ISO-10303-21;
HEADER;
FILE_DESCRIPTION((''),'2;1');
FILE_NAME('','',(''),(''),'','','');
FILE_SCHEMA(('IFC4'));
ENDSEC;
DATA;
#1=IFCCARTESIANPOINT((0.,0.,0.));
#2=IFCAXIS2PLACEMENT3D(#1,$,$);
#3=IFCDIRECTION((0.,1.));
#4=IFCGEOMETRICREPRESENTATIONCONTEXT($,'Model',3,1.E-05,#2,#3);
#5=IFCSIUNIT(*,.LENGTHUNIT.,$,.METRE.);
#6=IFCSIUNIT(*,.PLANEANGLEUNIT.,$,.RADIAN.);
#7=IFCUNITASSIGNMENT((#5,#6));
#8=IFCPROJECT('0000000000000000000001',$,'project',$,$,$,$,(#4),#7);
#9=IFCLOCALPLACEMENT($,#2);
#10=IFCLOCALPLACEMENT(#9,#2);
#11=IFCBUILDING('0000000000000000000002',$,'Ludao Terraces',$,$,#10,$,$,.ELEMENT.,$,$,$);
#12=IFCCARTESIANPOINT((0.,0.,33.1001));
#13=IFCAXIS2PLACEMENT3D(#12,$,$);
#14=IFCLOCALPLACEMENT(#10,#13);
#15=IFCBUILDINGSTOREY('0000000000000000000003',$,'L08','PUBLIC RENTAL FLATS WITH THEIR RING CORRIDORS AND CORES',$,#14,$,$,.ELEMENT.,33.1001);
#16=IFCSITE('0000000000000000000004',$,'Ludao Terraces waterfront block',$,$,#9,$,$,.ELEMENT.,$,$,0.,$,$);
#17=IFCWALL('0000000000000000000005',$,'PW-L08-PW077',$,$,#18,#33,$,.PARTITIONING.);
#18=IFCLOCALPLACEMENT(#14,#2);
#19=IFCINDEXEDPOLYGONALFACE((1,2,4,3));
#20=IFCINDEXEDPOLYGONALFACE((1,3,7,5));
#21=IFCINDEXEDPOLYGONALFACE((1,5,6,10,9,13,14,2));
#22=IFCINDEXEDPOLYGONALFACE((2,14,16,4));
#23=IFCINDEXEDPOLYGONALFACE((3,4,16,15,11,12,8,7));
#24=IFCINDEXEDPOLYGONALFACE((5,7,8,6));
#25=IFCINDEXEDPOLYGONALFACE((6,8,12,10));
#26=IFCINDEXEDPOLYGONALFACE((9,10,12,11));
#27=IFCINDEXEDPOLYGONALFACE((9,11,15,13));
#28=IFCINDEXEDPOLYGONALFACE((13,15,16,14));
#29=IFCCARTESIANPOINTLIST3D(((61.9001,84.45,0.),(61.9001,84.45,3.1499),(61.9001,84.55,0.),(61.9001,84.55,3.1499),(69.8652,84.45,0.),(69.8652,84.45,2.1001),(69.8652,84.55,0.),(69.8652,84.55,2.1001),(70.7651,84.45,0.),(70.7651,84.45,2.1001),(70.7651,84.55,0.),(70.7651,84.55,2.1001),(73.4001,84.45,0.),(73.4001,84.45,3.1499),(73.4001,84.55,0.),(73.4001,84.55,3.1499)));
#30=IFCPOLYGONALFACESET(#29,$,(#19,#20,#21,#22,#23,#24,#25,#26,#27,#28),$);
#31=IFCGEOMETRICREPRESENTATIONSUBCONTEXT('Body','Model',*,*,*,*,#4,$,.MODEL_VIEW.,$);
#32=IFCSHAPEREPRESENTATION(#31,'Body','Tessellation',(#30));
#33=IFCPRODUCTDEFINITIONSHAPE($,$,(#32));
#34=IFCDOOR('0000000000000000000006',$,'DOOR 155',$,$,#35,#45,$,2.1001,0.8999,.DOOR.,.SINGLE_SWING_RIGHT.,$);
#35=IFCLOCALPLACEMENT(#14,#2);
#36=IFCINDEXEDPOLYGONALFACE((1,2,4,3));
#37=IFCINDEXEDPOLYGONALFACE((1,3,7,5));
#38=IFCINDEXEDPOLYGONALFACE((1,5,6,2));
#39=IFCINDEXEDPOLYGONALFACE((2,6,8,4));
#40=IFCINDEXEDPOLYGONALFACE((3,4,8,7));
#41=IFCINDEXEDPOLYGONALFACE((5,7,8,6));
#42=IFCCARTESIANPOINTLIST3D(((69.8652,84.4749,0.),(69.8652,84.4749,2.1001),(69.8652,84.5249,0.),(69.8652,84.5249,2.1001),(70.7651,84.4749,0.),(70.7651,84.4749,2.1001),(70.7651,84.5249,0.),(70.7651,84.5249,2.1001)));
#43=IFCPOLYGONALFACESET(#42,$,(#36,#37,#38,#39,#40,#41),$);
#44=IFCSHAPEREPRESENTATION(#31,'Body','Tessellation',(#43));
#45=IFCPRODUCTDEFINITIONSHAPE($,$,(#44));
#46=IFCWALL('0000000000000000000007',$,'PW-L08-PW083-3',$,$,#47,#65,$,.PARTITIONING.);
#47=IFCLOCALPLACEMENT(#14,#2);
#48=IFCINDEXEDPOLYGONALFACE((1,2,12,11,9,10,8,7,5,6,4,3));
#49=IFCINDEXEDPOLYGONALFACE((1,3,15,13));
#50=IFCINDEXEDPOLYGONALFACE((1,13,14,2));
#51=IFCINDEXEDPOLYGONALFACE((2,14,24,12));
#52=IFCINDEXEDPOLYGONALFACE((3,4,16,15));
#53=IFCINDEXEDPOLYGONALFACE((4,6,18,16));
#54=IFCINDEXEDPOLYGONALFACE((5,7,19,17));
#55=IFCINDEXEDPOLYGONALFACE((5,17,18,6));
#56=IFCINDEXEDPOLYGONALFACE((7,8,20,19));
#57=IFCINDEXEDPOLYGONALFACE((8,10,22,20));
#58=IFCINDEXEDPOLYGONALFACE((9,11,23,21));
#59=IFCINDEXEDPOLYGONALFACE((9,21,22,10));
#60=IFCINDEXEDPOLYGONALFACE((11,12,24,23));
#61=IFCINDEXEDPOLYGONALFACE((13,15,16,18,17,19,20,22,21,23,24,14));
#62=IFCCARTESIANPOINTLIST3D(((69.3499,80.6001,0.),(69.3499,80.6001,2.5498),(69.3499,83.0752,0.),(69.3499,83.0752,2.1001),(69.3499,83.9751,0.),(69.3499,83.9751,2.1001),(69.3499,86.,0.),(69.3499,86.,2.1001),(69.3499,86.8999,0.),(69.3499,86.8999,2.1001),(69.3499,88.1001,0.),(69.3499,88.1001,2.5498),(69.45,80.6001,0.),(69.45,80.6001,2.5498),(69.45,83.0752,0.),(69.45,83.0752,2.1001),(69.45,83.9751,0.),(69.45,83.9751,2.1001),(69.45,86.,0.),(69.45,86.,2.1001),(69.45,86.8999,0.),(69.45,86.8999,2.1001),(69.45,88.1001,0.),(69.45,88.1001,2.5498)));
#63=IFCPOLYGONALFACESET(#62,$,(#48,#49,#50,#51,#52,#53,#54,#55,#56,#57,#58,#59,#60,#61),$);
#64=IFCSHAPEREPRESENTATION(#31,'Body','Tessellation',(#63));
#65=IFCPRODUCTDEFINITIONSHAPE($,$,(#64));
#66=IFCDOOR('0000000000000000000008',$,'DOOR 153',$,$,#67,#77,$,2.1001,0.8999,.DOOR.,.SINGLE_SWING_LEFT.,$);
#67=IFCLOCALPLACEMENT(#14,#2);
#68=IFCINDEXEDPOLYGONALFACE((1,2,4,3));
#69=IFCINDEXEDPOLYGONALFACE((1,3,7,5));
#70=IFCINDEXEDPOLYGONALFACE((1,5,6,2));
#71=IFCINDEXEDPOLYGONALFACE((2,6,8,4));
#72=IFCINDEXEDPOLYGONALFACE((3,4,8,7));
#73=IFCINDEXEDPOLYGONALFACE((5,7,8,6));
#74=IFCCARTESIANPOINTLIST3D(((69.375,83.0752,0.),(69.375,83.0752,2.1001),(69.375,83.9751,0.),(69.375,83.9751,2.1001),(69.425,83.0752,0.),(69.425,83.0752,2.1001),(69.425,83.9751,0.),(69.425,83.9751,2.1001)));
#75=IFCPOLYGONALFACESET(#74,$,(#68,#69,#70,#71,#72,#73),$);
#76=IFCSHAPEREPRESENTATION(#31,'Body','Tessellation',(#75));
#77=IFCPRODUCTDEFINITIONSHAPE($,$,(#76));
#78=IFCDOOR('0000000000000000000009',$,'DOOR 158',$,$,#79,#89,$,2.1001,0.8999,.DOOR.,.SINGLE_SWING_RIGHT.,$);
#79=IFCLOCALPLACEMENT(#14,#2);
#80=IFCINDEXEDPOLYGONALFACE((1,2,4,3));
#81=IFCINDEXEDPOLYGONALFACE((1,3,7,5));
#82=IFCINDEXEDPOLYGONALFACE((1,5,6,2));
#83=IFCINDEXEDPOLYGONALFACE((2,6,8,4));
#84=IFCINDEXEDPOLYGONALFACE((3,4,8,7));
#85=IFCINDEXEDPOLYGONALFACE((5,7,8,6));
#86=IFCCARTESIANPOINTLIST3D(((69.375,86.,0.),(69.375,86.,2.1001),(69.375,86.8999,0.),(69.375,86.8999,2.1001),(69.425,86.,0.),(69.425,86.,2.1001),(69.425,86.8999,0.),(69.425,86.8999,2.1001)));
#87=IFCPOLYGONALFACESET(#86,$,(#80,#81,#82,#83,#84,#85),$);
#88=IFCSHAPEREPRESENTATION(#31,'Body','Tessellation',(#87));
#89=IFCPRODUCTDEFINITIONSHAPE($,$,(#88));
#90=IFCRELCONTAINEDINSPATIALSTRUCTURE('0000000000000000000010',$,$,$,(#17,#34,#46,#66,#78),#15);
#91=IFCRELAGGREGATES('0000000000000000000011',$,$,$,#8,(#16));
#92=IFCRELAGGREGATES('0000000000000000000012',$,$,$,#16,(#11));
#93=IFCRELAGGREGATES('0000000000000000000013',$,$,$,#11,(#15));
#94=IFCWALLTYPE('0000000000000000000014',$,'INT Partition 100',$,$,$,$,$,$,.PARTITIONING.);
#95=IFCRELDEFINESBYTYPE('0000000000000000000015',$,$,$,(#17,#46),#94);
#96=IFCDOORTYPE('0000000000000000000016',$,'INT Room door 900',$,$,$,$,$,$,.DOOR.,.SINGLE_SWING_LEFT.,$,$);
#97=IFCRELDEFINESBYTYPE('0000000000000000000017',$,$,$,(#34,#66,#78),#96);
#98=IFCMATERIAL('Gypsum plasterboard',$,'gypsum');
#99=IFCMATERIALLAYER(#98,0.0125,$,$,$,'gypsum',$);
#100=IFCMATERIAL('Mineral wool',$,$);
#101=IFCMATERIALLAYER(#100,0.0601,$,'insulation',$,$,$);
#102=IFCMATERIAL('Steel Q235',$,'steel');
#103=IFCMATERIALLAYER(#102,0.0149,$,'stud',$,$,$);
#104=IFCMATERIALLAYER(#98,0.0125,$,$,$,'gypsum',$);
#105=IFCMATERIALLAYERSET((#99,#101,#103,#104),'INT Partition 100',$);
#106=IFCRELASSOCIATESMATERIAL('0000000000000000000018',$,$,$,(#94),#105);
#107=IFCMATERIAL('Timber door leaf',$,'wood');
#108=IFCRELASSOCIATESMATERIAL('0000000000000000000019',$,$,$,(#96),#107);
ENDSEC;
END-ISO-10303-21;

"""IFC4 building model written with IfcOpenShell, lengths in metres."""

from ifc_helpers import new_model, si_unit, direction, frame, frame_2d, origin, place, context, subcontext, project, spatial, rectangle, extrude, material, layer, layer_set, type_object, element, fill, save


model = new_model("IFC4")

# Units and contexts
model_context = context("Model", 3, precision=1e-05, world=origin(), true_north=direction((0.0, 1.0)))
body_context = subcontext(model_context, "Body", "Model", "MODEL_VIEW")
ifc_project = project(units=[si_unit("LENGTHUNIT", "METRE"), si_unit("PLANEANGLEUNIT", "RADIAN")], contexts=[model_context])

# Site, building, storey
site_placement = place(None, origin())
site = spatial("IfcSite", under=ifc_project, at=site_placement, Name="Ludao Terraces waterfront block", CompositionType="ELEMENT", RefElevation=0.0)
building_placement = place(site_placement, origin())
building = spatial("IfcBuilding", under=site, at=building_placement, Name="Ludao Terraces", CompositionType="ELEMENT")
storey_placement = place(building_placement, frame((0.0, 0.0, 33.1001)))
storey = spatial("IfcBuildingStorey", under=building, at=storey_placement, Name="L08", Description="PUBLIC RENTAL FLATS WITH THEIR RING CORRIDORS AND CORES", CompositionType="ELEMENT", Elevation=33.1001)

# Shared definitions
ifc_material_1 = material(Name="Mineral wool")

# Shared definitions
ifc_material_2 = material(Name="Gypsum plasterboard", Category="gypsum")
ifc_layer_1 = layer(ifc_material_2, 0.0125, Category="gypsum")
ifc_layer_2 = layer(ifc_material_1, 0.0601, Name="insulation")
ifc_material_3 = material(Name="Steel Q235", Category="steel")
ifc_layer_3 = layer(ifc_material_3, 0.0149, Name="stud")
ifc_layer_4 = layer(ifc_material_2, 0.0125, Category="gypsum")
ifc_layer_set_1 = layer_set([ifc_layer_1, ifc_layer_2, ifc_layer_3, ifc_layer_4], Name="INT Partition 100")
wall_type_1 = type_object("IfcWallType", Name="INT Partition 100", PredefinedType="PARTITIONING", material=ifc_layer_set_1)

# Wall, opening, door
wall_1_placement = place(storey_placement, frame((61.9001, 84.5, 0.0), z_axis=(0.0, 0.0, 1.0), x_axis=(1.0, 0.0, 0.0)))
wall_1 = element("IfcWall", 1, at=wall_1_placement, inside=storey, type_object=wall_type_1, Name="PW-L08-PW077", PredefinedType="PARTITIONING", context=body_context, shape_type="SweptSolid", body=[
    extrude(rectangle(XDim=11.5, YDim=0.1001, at=frame_2d((5.75, 0.0))), origin(), (0.0, 0.0, 1.0), 3.1499),
])
opening_1_placement = place(wall_1_placement, frame((7.9651, 0.0, 0.0)))
opening_1 = element("IfcOpeningElement", 2, at=opening_1_placement, cuts=wall_1, PredefinedType="OPENING", context=body_context, shape_type="SweptSolid", body=[
    extrude(rectangle(XDim=0.8999, YDim=2.1001, at=frame_2d((0.45, 1.05))), frame((0.0, 0.0601, 0.0), z_axis=(0.0, -1.0, 0.0), x_axis=(1.0, 0.0, 0.0)), (0.0, 0.0, 1.0), 0.1201),
])
ifc_material_4 = material(Name="Timber door leaf", Category="wood")
door_type = type_object("IfcDoorType", Name="INT Room door 900", OperationType="SINGLE_SWING_LEFT", PredefinedType="DOOR", material=ifc_material_4)
door_1_placement = place(opening_1_placement, origin())
door_1 = element("IfcDoor", 3, at=door_1_placement, inside=storey, type_object=door_type, Name="DOOR 155", OperationType="SINGLE_SWING_RIGHT", OverallHeight=2.1001, OverallWidth=0.8999, PredefinedType="DOOR", context=body_context, shape_type="SweptSolid", body=[
    extrude(rectangle(XDim=0.8999, YDim=2.1001, at=frame_2d((0.45, 1.05))), frame((0.0, 0.0249, 0.0), z_axis=(0.0, -1.0, 0.0), x_axis=(1.0, 0.0, 0.0)), (0.0, 0.0, 1.0), 0.05),
])
fill(opening_1, door_1)

# Wall, openings, doors
wall_2_placement = place(storey_placement, frame((69.3999, 80.6001, 0.0), z_axis=(0.0, 0.0, 1.0), x_axis=(0.0, 1.0, 0.0)))
wall_2 = element("IfcWall", 4, at=wall_2_placement, inside=storey, type_object=wall_type_1, Name="PW-L08-PW083-3", PredefinedType="PARTITIONING", context=body_context, shape_type="SweptSolid", body=[
    extrude(rectangle(XDim=7.5, YDim=0.1001, at=frame_2d((3.75, 0.0))), origin(), (0.0, 0.0, 1.0), 2.5498),
])
opening_2_placement = place(wall_2_placement, frame((2.4751, 0.0, 0.0)))
opening_2 = element("IfcOpeningElement", 5, at=opening_2_placement, cuts=wall_2, PredefinedType="OPENING", context=body_context, shape_type="SweptSolid", body=[
    extrude(rectangle(XDim=0.8999, YDim=2.1001, at=frame_2d((0.45, 1.05))), frame((0.0, 0.0601, 0.0), z_axis=(0.0, -1.0, 0.0), x_axis=(1.0, 0.0, 0.0)), (0.0, 0.0, 1.0), 0.1201),
])
opening_3_placement = place(wall_2_placement, frame((5.3999, 0.0, 0.0)))
opening_3 = element("IfcOpeningElement", 6, at=opening_3_placement, cuts=wall_2, PredefinedType="OPENING", context=body_context, shape_type="SweptSolid", body=[
    extrude(rectangle(XDim=0.8999, YDim=2.1001, at=frame_2d((0.45, 1.05))), frame((0.0, 0.0601, 0.0), z_axis=(0.0, -1.0, 0.0), x_axis=(1.0, 0.0, 0.0)), (0.0, 0.0, 1.0), 0.1201),
])
door_2_placement = place(opening_2_placement, origin())
door_2 = element("IfcDoor", 7, at=door_2_placement, inside=storey, type_object=door_type, Name="DOOR 153", OperationType="SINGLE_SWING_LEFT", OverallHeight=2.1001, OverallWidth=0.8999, PredefinedType="DOOR", context=body_context, shape_type="SweptSolid", body=[
    extrude(rectangle(XDim=0.8999, YDim=2.1001, at=frame_2d((0.45, 1.05))), frame((0.0, 0.0249, 0.0), z_axis=(0.0, -1.0, 0.0), x_axis=(1.0, 0.0, 0.0)), (0.0, 0.0, 1.0), 0.05),
])
fill(opening_2, door_2)
door_3_placement = place(opening_3_placement, origin())
door_3 = element("IfcDoor", 8, at=door_3_placement, inside=storey, type_object=door_type, Name="DOOR 158", OperationType="SINGLE_SWING_RIGHT", OverallHeight=2.1001, OverallWidth=0.8999, PredefinedType="DOOR", context=body_context, shape_type="SweptSolid", body=[
    extrude(rectangle(XDim=0.8999, YDim=2.1001, at=frame_2d((0.45, 1.05))), frame((0.0, 0.0249, 0.0), z_axis=(0.0, -1.0, 0.0), x_axis=(1.0, 0.0, 0.0)), (0.0, 0.0, 1.0), 0.05),
])
fill(opening_3, door_3)

save(model, "model.ifc")
